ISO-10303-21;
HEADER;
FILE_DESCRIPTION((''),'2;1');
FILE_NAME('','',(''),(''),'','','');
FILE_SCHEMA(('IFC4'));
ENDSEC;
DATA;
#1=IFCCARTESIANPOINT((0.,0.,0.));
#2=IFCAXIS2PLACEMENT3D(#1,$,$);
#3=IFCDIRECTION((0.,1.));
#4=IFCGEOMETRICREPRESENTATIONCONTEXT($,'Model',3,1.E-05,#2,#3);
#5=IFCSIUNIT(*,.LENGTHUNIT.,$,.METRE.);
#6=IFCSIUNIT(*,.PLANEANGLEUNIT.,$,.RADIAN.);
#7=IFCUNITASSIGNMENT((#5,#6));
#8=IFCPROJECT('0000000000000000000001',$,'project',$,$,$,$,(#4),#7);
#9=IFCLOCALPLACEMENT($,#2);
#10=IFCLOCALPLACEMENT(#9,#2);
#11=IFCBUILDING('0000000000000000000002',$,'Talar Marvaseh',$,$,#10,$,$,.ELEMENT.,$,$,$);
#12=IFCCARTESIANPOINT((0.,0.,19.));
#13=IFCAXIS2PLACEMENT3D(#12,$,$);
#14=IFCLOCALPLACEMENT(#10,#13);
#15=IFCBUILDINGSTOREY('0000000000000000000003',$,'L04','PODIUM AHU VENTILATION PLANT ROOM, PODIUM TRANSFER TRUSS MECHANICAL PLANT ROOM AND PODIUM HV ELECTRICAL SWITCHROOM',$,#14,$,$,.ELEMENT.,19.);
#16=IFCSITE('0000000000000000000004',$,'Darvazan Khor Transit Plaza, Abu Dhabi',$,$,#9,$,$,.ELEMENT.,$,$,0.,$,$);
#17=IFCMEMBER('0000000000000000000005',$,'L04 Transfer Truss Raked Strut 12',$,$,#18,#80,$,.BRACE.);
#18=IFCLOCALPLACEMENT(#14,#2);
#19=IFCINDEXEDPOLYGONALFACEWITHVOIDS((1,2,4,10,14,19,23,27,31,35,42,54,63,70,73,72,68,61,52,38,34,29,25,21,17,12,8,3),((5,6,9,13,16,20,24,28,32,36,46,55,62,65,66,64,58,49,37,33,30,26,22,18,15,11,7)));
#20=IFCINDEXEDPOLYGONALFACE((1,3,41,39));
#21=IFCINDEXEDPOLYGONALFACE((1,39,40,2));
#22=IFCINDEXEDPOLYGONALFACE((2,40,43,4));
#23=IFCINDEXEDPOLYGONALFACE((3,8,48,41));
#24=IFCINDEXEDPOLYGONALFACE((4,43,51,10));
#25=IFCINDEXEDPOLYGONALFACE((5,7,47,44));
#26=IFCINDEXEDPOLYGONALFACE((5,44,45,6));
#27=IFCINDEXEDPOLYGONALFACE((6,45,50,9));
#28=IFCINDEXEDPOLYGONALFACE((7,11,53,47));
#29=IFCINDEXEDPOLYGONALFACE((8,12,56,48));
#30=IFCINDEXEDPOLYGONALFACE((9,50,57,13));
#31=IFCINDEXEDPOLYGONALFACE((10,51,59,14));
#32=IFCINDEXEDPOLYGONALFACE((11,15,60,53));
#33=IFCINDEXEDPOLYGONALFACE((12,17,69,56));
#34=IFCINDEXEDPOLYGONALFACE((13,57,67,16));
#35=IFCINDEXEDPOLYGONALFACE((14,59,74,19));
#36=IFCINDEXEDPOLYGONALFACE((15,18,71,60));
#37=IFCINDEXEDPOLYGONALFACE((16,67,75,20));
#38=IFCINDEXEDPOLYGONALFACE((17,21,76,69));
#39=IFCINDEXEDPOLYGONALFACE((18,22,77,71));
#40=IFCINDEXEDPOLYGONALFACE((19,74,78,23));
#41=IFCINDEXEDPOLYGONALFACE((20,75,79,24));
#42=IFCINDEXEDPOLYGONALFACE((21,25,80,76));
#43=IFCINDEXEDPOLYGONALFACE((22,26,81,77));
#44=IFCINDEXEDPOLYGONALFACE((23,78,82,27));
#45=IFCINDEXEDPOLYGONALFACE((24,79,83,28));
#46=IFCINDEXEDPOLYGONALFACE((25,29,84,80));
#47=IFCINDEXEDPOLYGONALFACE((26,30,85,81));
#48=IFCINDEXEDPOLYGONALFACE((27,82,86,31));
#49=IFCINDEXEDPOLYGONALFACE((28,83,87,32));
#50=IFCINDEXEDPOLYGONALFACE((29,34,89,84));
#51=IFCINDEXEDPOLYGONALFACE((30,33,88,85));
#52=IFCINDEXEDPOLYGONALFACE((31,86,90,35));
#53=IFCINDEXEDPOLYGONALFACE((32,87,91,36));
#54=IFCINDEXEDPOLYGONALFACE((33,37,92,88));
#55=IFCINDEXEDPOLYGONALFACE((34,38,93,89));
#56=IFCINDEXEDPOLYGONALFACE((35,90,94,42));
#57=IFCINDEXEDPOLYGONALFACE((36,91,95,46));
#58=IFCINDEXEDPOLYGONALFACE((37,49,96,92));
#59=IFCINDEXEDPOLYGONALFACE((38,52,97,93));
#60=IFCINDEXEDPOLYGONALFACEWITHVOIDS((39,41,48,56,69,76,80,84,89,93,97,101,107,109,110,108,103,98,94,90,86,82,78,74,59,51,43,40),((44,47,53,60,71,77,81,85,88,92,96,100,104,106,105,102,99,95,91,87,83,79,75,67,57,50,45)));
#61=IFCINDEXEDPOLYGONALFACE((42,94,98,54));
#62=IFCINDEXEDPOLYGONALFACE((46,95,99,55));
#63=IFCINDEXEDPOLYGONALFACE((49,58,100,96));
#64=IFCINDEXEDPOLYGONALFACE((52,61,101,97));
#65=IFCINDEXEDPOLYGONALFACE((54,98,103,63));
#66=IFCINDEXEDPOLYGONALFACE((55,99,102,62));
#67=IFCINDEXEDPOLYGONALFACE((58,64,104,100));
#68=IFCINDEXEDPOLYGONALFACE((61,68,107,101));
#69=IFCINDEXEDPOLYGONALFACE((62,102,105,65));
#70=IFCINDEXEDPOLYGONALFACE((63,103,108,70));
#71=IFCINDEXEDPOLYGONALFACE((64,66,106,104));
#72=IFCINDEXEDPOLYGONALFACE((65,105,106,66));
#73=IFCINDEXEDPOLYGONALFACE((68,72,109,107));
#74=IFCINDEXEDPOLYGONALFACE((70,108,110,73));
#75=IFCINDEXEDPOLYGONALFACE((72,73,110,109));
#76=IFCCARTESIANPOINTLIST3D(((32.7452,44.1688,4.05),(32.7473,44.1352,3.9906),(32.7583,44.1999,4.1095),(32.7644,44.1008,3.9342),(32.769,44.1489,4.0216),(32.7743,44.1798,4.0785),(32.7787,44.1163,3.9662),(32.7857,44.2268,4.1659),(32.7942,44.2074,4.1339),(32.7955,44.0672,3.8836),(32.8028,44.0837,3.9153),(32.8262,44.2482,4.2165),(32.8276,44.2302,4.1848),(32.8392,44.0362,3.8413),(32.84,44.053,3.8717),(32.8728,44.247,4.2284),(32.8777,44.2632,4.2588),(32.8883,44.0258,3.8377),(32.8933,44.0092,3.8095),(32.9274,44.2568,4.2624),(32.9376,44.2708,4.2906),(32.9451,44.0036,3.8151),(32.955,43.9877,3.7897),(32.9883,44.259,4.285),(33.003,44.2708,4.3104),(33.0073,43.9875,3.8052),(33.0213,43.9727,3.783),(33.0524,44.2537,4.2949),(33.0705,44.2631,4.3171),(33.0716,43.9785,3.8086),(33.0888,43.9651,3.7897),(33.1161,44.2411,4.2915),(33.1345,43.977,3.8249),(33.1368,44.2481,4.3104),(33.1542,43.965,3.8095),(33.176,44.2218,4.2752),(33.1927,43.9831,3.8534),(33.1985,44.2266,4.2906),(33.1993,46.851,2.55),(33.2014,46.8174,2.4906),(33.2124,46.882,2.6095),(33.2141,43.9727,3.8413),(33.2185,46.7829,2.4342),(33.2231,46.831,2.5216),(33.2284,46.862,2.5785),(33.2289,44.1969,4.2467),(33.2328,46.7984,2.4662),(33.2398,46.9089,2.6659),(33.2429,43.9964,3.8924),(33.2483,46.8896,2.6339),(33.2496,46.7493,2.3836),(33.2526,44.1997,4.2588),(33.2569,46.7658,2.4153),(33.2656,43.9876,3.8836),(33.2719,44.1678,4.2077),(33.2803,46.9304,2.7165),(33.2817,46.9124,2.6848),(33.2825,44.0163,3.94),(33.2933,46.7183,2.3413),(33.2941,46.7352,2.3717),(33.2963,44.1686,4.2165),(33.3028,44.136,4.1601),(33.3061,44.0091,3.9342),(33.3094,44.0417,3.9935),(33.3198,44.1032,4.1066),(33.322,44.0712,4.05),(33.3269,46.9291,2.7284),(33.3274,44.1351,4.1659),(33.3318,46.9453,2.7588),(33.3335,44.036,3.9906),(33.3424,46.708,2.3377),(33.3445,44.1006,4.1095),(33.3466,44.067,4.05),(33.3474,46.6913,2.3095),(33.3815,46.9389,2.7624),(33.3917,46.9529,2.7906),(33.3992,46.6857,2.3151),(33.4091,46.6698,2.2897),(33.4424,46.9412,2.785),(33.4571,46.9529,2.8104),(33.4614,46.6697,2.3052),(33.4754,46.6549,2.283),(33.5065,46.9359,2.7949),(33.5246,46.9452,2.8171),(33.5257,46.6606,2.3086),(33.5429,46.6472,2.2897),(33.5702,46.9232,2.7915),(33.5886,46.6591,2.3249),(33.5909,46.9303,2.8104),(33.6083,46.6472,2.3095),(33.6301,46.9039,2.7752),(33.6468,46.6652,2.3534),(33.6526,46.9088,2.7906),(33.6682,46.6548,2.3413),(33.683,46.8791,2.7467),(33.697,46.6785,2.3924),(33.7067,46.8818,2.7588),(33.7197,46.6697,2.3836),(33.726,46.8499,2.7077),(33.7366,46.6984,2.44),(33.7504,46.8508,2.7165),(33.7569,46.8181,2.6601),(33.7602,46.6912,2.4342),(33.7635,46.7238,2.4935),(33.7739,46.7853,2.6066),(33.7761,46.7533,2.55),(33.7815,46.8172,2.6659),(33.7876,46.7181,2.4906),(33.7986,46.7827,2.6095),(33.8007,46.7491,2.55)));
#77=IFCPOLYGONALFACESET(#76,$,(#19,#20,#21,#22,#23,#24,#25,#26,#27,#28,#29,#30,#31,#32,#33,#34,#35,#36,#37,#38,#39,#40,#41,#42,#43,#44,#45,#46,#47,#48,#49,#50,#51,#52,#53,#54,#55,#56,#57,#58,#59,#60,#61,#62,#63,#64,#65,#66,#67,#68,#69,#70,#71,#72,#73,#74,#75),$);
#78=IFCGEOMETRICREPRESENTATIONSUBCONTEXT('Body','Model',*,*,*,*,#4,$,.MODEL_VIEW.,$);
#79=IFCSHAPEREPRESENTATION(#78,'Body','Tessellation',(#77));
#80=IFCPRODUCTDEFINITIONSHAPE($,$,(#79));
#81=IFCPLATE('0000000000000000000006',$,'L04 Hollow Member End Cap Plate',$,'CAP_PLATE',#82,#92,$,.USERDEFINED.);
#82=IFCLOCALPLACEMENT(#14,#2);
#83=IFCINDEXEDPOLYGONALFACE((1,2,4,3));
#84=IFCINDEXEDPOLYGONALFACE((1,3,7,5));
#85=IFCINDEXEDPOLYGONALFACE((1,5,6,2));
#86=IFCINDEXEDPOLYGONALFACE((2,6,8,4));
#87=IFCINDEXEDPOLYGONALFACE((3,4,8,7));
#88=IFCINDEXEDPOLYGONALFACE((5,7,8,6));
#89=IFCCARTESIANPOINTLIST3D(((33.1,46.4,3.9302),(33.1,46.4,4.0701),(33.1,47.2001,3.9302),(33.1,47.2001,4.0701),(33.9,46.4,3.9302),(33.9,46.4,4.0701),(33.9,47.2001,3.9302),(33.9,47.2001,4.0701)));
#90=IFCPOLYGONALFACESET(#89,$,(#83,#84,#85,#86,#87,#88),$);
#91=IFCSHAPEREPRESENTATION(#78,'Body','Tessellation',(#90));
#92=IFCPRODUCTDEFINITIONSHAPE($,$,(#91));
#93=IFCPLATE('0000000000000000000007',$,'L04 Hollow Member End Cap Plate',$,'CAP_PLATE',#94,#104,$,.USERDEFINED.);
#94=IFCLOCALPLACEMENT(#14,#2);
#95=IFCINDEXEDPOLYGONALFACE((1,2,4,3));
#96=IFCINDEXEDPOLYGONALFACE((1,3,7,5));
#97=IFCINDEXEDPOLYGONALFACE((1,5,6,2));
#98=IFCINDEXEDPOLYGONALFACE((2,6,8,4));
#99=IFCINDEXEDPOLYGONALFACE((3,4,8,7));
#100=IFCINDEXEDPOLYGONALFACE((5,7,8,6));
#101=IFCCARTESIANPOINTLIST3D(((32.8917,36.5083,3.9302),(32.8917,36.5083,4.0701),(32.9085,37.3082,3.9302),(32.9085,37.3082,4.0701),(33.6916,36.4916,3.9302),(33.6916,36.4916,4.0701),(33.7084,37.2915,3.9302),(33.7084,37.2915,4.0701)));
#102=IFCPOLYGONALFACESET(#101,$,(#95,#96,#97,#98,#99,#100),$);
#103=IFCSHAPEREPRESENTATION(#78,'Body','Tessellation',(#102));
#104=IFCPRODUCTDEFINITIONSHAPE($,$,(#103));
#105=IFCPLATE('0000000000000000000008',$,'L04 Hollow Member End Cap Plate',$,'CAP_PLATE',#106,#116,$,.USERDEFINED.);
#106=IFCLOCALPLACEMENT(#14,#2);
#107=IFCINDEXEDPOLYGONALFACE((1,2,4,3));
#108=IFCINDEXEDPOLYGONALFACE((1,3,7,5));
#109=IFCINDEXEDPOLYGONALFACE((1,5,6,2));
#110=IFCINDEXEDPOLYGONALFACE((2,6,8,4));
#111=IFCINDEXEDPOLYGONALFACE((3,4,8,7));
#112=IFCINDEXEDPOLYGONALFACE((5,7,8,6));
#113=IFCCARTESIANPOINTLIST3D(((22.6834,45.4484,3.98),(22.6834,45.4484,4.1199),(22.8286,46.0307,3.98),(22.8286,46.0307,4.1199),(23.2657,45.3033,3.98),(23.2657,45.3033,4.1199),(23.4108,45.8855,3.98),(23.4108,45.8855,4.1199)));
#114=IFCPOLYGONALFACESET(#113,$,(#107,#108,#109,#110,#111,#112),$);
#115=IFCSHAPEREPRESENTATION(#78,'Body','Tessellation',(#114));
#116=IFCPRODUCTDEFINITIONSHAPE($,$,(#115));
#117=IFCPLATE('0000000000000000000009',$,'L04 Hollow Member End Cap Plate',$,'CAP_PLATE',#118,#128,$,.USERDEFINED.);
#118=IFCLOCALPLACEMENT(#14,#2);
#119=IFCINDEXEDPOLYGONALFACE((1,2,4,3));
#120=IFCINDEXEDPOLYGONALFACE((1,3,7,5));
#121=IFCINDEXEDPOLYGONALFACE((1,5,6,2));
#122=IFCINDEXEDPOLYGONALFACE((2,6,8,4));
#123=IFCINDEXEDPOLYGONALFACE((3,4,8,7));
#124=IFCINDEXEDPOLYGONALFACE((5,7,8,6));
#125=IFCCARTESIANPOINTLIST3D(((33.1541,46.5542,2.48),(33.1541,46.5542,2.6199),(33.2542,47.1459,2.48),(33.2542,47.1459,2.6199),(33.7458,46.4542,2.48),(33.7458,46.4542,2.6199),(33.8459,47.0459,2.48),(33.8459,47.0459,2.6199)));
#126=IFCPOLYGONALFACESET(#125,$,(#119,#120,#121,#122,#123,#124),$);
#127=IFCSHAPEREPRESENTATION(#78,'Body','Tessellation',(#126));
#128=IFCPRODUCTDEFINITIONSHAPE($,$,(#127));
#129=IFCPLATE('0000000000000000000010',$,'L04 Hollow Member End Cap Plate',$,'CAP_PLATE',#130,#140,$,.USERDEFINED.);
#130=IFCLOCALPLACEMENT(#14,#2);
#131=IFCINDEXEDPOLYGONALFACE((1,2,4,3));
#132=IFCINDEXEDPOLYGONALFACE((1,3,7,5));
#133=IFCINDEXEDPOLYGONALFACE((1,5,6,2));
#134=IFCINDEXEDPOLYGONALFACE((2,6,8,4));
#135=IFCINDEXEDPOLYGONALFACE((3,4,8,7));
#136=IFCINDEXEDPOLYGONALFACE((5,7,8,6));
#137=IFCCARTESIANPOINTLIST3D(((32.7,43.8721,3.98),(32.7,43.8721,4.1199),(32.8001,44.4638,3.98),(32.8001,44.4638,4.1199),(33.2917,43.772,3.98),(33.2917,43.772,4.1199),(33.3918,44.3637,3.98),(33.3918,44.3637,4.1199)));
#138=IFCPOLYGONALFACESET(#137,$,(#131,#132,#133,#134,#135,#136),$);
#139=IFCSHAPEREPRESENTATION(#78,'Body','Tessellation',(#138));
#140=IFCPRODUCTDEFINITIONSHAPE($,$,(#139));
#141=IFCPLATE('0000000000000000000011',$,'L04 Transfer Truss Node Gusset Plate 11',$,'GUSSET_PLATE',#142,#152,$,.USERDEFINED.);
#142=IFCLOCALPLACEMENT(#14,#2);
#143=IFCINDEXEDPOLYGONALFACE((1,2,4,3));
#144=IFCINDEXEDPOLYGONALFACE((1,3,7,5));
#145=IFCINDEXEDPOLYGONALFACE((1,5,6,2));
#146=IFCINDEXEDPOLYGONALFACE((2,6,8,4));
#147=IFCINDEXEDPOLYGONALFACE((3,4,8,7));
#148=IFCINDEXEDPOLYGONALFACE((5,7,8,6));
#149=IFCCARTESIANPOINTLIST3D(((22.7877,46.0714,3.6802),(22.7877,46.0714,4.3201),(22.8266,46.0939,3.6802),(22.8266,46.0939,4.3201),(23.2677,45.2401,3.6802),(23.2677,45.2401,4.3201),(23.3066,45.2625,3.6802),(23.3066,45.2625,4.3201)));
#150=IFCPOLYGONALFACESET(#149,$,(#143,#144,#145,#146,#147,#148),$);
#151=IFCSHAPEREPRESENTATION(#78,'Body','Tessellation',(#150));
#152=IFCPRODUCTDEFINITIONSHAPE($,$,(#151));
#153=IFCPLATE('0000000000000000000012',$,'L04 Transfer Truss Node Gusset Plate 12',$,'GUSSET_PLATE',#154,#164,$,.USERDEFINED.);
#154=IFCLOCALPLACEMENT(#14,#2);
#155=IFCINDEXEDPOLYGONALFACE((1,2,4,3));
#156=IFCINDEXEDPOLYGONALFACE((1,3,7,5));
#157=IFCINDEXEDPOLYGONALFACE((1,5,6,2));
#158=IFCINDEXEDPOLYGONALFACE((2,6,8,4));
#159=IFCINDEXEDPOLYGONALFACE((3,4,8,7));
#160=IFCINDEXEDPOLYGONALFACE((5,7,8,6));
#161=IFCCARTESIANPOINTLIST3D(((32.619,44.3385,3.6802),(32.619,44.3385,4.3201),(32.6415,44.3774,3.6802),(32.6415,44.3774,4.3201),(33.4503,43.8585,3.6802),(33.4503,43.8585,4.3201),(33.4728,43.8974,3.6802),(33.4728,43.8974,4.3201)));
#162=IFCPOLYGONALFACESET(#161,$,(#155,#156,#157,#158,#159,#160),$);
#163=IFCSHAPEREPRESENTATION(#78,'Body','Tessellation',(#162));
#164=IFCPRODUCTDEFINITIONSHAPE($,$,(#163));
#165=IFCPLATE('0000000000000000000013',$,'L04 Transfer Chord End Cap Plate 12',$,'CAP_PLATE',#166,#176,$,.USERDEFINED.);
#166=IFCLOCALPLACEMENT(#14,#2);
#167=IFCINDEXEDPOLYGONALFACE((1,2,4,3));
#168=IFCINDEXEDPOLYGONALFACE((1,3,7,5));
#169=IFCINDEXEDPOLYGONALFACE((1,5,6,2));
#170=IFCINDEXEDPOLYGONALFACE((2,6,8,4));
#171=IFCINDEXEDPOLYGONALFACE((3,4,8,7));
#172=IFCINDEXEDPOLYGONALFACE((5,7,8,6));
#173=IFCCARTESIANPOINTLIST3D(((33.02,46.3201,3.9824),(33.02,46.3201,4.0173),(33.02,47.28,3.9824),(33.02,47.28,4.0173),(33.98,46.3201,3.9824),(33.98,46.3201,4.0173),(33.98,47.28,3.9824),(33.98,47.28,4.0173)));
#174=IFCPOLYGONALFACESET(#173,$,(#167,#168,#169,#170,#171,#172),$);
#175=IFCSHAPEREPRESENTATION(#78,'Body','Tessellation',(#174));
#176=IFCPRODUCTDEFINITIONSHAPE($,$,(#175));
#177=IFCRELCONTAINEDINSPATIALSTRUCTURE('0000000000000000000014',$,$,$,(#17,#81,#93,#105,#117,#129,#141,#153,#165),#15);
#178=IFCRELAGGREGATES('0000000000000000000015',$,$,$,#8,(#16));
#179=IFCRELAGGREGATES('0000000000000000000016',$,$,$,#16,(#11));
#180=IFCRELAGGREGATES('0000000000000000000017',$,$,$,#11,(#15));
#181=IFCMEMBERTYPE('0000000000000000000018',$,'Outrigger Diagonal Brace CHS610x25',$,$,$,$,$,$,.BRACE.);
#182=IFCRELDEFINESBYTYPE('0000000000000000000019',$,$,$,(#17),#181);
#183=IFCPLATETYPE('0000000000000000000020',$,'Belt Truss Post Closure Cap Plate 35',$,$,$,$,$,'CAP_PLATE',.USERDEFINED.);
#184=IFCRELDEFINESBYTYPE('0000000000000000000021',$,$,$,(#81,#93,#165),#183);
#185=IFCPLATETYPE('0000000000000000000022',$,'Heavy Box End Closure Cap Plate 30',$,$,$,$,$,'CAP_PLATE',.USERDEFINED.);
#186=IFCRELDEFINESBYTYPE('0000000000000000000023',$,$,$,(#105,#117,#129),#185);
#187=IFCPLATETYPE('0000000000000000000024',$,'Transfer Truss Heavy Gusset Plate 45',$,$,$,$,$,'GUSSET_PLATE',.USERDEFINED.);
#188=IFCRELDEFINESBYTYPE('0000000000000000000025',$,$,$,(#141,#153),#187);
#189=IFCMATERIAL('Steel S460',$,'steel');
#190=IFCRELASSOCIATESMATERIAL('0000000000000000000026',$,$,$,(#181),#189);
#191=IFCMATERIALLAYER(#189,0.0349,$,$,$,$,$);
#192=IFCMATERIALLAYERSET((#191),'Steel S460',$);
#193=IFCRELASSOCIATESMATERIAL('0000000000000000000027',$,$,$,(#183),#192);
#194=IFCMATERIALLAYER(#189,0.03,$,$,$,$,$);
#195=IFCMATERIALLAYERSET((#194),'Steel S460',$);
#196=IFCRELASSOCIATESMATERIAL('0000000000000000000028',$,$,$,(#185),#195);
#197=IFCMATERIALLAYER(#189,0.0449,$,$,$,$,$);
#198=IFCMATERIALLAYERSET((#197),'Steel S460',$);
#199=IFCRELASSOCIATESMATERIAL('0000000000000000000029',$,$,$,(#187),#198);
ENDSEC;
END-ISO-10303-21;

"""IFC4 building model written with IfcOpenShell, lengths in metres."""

from ifc_helpers import new_model, si_unit, direction, frame, origin, origin_2d, place, context, subcontext, project, spatial, rectangle, hollow_circle, extrude, source, transform, mapped, material, layer, layer_set, material_profile, profile_set, type_object, type_shapes, element, save


model = new_model("IFC4")

# Units and contexts
model_context = context("Model", 3, precision=1e-05, world=origin(), true_north=direction((0.0, 1.0)))
body_context = subcontext(model_context, "Body", "Model", "MODEL_VIEW")
ifc_project = project(units=[si_unit("LENGTHUNIT", "METRE"), si_unit("PLANEANGLEUNIT", "RADIAN")], contexts=[model_context])

# Site, building, storey
site_placement = place(None, origin())
site = spatial("IfcSite", under=ifc_project, at=site_placement, Name="Darvazan Khor Transit Plaza, Abu Dhabi", CompositionType="ELEMENT", RefElevation=0.0)
building_placement = place(site_placement, origin())
building = spatial("IfcBuilding", under=site, at=building_placement, Name="Talar Marvaseh", CompositionType="ELEMENT")
storey_placement = place(building_placement, frame((0.0, 0.0, 19.0)))
storey = spatial("IfcBuildingStorey", under=building, at=storey_placement, Name="L04", Description="PODIUM AHU VENTILATION PLANT ROOM, PODIUM TRANSFER TRUSS MECHANICAL PLANT ROOM AND PODIUM HV ELECTRICAL SWITCHROOM", CompositionType="ELEMENT", Elevation=19.0)

# Shared definitions
ifc_material_1 = material(Name="Steel S460", Category="steel")

# Member
ifc_material_profile_1 = material_profile(ifc_material_1, hollow_circle(Radius=0.3049, WallThickness=0.0249, at=origin_2d()), Name="CHS610x25")
ifc_profile_set_1 = profile_set([ifc_material_profile_1], Name="Steel S460")
member_type_1 = type_object("IfcMemberType", Name="Outrigger Diagonal Brace CHS610x25", PredefinedType="BRACE", material=ifc_profile_set_1)
shared_shape_1 = source(origin(), body_context, "Body", "SweptSolid", [
    extrude(hollow_circle(Radius=0.3049, WallThickness=0.0249, at=origin_2d()), origin(), (0.0, 0.0, 1.0), 3.1064),
])
type_shapes(member_type_1, [shared_shape_1])
member_1_placement = place(storey_placement, frame((33.5, 46.8, 2.55), z_axis=(-0.14618, -0.863407, 0.482866), x_axis=(0.985969, -0.166931, 0.0)))
element("IfcMember", 1, at=member_1_placement, inside=storey, type_object=member_type_1, Name="L04 Transfer Truss Raked Strut 12", PredefinedType="BRACE", context=body_context, shape_type="MappedRepresentation", body=[
    mapped(shared_shape_1, transform((0.0, 0.0, 0.0), x_axis=(1.0, 0.0, 0.0), y_axis=(0.0, 1.0, 0.0), z_axis=(0.0, 0.0, 1.0), scale=1.0)),
])

# Plates
ifc_layer_1 = layer(ifc_material_1, 0.0349)
ifc_layer_set_1 = layer_set([ifc_layer_1], Name="Steel S460")
plate_type_1 = type_object("IfcPlateType", Name="Belt Truss Post Closure Cap Plate 35", ElementType="CAP_PLATE", PredefinedType="USERDEFINED", material=ifc_layer_set_1)
shared_shape_2 = source(origin(), body_context, "Body", "SweptSolid", [
    extrude(rectangle(XDim=0.8, YDim=0.8, at=origin_2d()), origin(), (0.0, 0.0, 1.0), 0.1399),
])
for number, where, z_axis, x_axis, name in (
    (2, (33.5, 46.8, 3.9302), (0.0, 0.0, 1.0), (1.0, 0.0, 0.0), "L04 Hollow Member End Cap Plate"),
    (3, (33.3, 36.8999, 3.9302), (0.0, 0.0, 1.0), (-0.020942, -0.999781, 0.0), "L04 Hollow Member End Cap Plate"),
):
    element("IfcPlate", number, at=place(storey_placement, frame(where, z_axis=z_axis, x_axis=x_axis)), inside=storey, type_object=plate_type_1, Name=name, ObjectType="CAP_PLATE", PredefinedType="USERDEFINED", context=body_context, shape_type="MappedRepresentation", body=[
        mapped(shared_shape_2, transform((0.0, 0.0, 0.0), x_axis=(1.0, 0.0, 0.0), y_axis=(0.0, 1.0, 0.0), z_axis=(0.0, 0.0, 1.0), scale=1.0)),
    ])
ifc_layer_2 = layer(ifc_material_1, 0.03)
ifc_layer_set_2 = layer_set([ifc_layer_2], Name="Steel S460")
plate_type_2 = type_object("IfcPlateType", Name="Heavy Box End Closure Cap Plate 30", ElementType="CAP_PLATE", PredefinedType="USERDEFINED", material=ifc_layer_set_2)
shared_shape_3 = source(origin(), body_context, "Body", "SweptSolid", [
    extrude(rectangle(XDim=0.6001, YDim=0.6001, at=origin_2d()), origin(), (0.0, 0.0, 1.0), 0.1399),
])
type_shapes(plate_type_2, [shared_shape_3])
for number, where, z_axis, x_axis, name in (
    (4, (23.0471, 45.667, 3.98), (0.0, 0.0, 1.0), (0.970296, -0.241922, 0.0), "L04 Hollow Member End Cap Plate"),
    (5, (33.5, 46.8, 2.48), (0.0, 0.0, 1.0), (-0.166769, -0.985996, 0.0), "L04 Hollow Member End Cap Plate"),
    (6, (33.0459, 44.1179, 3.98), (0.0, 0.0, 1.0), (-0.166769, -0.985996, 0.0), "L04 Hollow Member End Cap Plate"),
):
    element("IfcPlate", number, at=place(storey_placement, frame(where, z_axis=z_axis, x_axis=x_axis)), inside=storey, type_object=plate_type_2, Name=name, ObjectType="CAP_PLATE", PredefinedType="USERDEFINED", context=body_context, shape_type="MappedRepresentation", body=[
        mapped(shared_shape_3, transform((0.0, 0.0, 0.0), x_axis=(1.0, 0.0, 0.0), y_axis=(0.0, 1.0, 0.0), z_axis=(0.0, 0.0, 1.0), scale=1.0)),
    ])
ifc_layer_3 = layer(ifc_material_1, 0.0449)
ifc_layer_set_3 = layer_set([ifc_layer_3], Name="Steel S460")
plate_type_3 = type_object("IfcPlateType", Name="Transfer Truss Heavy Gusset Plate 45", ElementType="GUSSET_PLATE", PredefinedType="USERDEFINED", material=ifc_layer_set_3)
shared_shape_4 = source(origin(), body_context, "Body", "SweptSolid", [
    extrude(rectangle(XDim=0.96, YDim=0.0449, at=origin_2d()), origin(), (0.0, 0.0, 1.0), 0.6399),
])
type_shapes(plate_type_3, [shared_shape_4])
for number, where, z_axis, x_axis, name in (
    (7, (23.0471, 45.667, 3.6802), (0.0, 0.0, 1.0), (0.5, -0.866025, 0.0), "L04 Transfer Truss Node Gusset Plate 11"),
    (8, (33.0459, 44.1179, 3.6802), (0.0, 0.0, 1.0), (0.866025, -0.5, 0.0), "L04 Transfer Truss Node Gusset Plate 12"),
):
    element("IfcPlate", number, at=place(storey_placement, frame(where, z_axis=z_axis, x_axis=x_axis)), inside=storey, type_object=plate_type_3, Name=name, ObjectType="GUSSET_PLATE", PredefinedType="USERDEFINED", context=body_context, shape_type="MappedRepresentation", body=[
        mapped(shared_shape_4, transform((0.0, 0.0, 0.0), x_axis=(1.0, 0.0, 0.0), y_axis=(0.0, 1.0, 0.0), z_axis=(0.0, 0.0, 1.0), scale=1.0)),
    ])
shared_shape_5 = source(origin(), body_context, "Body", "SweptSolid", [
    extrude(rectangle(XDim=0.96, YDim=0.96, at=origin_2d()), origin(), (0.0, 0.0, 1.0), 0.0349),
])
type_shapes(plate_type_1, [shared_shape_2, shared_shape_5])
plate_placement = place(storey_placement, frame((33.5, 46.8, 3.9824), z_axis=(0.0, 0.0, 1.0), x_axis=(1.0, 0.0, 0.0)))
element("IfcPlate", 9, at=plate_placement, inside=storey, type_object=plate_type_1, Name="L04 Transfer Chord End Cap Plate 12", ObjectType="CAP_PLATE", PredefinedType="USERDEFINED", context=body_context, shape_type="MappedRepresentation", body=[
    mapped(shared_shape_5, transform((0.0, 0.0, 0.0), x_axis=(1.0, 0.0, 0.0), y_axis=(0.0, 1.0, 0.0), z_axis=(0.0, 0.0, 1.0), scale=1.0)),
])

save(model, "model.ifc")
